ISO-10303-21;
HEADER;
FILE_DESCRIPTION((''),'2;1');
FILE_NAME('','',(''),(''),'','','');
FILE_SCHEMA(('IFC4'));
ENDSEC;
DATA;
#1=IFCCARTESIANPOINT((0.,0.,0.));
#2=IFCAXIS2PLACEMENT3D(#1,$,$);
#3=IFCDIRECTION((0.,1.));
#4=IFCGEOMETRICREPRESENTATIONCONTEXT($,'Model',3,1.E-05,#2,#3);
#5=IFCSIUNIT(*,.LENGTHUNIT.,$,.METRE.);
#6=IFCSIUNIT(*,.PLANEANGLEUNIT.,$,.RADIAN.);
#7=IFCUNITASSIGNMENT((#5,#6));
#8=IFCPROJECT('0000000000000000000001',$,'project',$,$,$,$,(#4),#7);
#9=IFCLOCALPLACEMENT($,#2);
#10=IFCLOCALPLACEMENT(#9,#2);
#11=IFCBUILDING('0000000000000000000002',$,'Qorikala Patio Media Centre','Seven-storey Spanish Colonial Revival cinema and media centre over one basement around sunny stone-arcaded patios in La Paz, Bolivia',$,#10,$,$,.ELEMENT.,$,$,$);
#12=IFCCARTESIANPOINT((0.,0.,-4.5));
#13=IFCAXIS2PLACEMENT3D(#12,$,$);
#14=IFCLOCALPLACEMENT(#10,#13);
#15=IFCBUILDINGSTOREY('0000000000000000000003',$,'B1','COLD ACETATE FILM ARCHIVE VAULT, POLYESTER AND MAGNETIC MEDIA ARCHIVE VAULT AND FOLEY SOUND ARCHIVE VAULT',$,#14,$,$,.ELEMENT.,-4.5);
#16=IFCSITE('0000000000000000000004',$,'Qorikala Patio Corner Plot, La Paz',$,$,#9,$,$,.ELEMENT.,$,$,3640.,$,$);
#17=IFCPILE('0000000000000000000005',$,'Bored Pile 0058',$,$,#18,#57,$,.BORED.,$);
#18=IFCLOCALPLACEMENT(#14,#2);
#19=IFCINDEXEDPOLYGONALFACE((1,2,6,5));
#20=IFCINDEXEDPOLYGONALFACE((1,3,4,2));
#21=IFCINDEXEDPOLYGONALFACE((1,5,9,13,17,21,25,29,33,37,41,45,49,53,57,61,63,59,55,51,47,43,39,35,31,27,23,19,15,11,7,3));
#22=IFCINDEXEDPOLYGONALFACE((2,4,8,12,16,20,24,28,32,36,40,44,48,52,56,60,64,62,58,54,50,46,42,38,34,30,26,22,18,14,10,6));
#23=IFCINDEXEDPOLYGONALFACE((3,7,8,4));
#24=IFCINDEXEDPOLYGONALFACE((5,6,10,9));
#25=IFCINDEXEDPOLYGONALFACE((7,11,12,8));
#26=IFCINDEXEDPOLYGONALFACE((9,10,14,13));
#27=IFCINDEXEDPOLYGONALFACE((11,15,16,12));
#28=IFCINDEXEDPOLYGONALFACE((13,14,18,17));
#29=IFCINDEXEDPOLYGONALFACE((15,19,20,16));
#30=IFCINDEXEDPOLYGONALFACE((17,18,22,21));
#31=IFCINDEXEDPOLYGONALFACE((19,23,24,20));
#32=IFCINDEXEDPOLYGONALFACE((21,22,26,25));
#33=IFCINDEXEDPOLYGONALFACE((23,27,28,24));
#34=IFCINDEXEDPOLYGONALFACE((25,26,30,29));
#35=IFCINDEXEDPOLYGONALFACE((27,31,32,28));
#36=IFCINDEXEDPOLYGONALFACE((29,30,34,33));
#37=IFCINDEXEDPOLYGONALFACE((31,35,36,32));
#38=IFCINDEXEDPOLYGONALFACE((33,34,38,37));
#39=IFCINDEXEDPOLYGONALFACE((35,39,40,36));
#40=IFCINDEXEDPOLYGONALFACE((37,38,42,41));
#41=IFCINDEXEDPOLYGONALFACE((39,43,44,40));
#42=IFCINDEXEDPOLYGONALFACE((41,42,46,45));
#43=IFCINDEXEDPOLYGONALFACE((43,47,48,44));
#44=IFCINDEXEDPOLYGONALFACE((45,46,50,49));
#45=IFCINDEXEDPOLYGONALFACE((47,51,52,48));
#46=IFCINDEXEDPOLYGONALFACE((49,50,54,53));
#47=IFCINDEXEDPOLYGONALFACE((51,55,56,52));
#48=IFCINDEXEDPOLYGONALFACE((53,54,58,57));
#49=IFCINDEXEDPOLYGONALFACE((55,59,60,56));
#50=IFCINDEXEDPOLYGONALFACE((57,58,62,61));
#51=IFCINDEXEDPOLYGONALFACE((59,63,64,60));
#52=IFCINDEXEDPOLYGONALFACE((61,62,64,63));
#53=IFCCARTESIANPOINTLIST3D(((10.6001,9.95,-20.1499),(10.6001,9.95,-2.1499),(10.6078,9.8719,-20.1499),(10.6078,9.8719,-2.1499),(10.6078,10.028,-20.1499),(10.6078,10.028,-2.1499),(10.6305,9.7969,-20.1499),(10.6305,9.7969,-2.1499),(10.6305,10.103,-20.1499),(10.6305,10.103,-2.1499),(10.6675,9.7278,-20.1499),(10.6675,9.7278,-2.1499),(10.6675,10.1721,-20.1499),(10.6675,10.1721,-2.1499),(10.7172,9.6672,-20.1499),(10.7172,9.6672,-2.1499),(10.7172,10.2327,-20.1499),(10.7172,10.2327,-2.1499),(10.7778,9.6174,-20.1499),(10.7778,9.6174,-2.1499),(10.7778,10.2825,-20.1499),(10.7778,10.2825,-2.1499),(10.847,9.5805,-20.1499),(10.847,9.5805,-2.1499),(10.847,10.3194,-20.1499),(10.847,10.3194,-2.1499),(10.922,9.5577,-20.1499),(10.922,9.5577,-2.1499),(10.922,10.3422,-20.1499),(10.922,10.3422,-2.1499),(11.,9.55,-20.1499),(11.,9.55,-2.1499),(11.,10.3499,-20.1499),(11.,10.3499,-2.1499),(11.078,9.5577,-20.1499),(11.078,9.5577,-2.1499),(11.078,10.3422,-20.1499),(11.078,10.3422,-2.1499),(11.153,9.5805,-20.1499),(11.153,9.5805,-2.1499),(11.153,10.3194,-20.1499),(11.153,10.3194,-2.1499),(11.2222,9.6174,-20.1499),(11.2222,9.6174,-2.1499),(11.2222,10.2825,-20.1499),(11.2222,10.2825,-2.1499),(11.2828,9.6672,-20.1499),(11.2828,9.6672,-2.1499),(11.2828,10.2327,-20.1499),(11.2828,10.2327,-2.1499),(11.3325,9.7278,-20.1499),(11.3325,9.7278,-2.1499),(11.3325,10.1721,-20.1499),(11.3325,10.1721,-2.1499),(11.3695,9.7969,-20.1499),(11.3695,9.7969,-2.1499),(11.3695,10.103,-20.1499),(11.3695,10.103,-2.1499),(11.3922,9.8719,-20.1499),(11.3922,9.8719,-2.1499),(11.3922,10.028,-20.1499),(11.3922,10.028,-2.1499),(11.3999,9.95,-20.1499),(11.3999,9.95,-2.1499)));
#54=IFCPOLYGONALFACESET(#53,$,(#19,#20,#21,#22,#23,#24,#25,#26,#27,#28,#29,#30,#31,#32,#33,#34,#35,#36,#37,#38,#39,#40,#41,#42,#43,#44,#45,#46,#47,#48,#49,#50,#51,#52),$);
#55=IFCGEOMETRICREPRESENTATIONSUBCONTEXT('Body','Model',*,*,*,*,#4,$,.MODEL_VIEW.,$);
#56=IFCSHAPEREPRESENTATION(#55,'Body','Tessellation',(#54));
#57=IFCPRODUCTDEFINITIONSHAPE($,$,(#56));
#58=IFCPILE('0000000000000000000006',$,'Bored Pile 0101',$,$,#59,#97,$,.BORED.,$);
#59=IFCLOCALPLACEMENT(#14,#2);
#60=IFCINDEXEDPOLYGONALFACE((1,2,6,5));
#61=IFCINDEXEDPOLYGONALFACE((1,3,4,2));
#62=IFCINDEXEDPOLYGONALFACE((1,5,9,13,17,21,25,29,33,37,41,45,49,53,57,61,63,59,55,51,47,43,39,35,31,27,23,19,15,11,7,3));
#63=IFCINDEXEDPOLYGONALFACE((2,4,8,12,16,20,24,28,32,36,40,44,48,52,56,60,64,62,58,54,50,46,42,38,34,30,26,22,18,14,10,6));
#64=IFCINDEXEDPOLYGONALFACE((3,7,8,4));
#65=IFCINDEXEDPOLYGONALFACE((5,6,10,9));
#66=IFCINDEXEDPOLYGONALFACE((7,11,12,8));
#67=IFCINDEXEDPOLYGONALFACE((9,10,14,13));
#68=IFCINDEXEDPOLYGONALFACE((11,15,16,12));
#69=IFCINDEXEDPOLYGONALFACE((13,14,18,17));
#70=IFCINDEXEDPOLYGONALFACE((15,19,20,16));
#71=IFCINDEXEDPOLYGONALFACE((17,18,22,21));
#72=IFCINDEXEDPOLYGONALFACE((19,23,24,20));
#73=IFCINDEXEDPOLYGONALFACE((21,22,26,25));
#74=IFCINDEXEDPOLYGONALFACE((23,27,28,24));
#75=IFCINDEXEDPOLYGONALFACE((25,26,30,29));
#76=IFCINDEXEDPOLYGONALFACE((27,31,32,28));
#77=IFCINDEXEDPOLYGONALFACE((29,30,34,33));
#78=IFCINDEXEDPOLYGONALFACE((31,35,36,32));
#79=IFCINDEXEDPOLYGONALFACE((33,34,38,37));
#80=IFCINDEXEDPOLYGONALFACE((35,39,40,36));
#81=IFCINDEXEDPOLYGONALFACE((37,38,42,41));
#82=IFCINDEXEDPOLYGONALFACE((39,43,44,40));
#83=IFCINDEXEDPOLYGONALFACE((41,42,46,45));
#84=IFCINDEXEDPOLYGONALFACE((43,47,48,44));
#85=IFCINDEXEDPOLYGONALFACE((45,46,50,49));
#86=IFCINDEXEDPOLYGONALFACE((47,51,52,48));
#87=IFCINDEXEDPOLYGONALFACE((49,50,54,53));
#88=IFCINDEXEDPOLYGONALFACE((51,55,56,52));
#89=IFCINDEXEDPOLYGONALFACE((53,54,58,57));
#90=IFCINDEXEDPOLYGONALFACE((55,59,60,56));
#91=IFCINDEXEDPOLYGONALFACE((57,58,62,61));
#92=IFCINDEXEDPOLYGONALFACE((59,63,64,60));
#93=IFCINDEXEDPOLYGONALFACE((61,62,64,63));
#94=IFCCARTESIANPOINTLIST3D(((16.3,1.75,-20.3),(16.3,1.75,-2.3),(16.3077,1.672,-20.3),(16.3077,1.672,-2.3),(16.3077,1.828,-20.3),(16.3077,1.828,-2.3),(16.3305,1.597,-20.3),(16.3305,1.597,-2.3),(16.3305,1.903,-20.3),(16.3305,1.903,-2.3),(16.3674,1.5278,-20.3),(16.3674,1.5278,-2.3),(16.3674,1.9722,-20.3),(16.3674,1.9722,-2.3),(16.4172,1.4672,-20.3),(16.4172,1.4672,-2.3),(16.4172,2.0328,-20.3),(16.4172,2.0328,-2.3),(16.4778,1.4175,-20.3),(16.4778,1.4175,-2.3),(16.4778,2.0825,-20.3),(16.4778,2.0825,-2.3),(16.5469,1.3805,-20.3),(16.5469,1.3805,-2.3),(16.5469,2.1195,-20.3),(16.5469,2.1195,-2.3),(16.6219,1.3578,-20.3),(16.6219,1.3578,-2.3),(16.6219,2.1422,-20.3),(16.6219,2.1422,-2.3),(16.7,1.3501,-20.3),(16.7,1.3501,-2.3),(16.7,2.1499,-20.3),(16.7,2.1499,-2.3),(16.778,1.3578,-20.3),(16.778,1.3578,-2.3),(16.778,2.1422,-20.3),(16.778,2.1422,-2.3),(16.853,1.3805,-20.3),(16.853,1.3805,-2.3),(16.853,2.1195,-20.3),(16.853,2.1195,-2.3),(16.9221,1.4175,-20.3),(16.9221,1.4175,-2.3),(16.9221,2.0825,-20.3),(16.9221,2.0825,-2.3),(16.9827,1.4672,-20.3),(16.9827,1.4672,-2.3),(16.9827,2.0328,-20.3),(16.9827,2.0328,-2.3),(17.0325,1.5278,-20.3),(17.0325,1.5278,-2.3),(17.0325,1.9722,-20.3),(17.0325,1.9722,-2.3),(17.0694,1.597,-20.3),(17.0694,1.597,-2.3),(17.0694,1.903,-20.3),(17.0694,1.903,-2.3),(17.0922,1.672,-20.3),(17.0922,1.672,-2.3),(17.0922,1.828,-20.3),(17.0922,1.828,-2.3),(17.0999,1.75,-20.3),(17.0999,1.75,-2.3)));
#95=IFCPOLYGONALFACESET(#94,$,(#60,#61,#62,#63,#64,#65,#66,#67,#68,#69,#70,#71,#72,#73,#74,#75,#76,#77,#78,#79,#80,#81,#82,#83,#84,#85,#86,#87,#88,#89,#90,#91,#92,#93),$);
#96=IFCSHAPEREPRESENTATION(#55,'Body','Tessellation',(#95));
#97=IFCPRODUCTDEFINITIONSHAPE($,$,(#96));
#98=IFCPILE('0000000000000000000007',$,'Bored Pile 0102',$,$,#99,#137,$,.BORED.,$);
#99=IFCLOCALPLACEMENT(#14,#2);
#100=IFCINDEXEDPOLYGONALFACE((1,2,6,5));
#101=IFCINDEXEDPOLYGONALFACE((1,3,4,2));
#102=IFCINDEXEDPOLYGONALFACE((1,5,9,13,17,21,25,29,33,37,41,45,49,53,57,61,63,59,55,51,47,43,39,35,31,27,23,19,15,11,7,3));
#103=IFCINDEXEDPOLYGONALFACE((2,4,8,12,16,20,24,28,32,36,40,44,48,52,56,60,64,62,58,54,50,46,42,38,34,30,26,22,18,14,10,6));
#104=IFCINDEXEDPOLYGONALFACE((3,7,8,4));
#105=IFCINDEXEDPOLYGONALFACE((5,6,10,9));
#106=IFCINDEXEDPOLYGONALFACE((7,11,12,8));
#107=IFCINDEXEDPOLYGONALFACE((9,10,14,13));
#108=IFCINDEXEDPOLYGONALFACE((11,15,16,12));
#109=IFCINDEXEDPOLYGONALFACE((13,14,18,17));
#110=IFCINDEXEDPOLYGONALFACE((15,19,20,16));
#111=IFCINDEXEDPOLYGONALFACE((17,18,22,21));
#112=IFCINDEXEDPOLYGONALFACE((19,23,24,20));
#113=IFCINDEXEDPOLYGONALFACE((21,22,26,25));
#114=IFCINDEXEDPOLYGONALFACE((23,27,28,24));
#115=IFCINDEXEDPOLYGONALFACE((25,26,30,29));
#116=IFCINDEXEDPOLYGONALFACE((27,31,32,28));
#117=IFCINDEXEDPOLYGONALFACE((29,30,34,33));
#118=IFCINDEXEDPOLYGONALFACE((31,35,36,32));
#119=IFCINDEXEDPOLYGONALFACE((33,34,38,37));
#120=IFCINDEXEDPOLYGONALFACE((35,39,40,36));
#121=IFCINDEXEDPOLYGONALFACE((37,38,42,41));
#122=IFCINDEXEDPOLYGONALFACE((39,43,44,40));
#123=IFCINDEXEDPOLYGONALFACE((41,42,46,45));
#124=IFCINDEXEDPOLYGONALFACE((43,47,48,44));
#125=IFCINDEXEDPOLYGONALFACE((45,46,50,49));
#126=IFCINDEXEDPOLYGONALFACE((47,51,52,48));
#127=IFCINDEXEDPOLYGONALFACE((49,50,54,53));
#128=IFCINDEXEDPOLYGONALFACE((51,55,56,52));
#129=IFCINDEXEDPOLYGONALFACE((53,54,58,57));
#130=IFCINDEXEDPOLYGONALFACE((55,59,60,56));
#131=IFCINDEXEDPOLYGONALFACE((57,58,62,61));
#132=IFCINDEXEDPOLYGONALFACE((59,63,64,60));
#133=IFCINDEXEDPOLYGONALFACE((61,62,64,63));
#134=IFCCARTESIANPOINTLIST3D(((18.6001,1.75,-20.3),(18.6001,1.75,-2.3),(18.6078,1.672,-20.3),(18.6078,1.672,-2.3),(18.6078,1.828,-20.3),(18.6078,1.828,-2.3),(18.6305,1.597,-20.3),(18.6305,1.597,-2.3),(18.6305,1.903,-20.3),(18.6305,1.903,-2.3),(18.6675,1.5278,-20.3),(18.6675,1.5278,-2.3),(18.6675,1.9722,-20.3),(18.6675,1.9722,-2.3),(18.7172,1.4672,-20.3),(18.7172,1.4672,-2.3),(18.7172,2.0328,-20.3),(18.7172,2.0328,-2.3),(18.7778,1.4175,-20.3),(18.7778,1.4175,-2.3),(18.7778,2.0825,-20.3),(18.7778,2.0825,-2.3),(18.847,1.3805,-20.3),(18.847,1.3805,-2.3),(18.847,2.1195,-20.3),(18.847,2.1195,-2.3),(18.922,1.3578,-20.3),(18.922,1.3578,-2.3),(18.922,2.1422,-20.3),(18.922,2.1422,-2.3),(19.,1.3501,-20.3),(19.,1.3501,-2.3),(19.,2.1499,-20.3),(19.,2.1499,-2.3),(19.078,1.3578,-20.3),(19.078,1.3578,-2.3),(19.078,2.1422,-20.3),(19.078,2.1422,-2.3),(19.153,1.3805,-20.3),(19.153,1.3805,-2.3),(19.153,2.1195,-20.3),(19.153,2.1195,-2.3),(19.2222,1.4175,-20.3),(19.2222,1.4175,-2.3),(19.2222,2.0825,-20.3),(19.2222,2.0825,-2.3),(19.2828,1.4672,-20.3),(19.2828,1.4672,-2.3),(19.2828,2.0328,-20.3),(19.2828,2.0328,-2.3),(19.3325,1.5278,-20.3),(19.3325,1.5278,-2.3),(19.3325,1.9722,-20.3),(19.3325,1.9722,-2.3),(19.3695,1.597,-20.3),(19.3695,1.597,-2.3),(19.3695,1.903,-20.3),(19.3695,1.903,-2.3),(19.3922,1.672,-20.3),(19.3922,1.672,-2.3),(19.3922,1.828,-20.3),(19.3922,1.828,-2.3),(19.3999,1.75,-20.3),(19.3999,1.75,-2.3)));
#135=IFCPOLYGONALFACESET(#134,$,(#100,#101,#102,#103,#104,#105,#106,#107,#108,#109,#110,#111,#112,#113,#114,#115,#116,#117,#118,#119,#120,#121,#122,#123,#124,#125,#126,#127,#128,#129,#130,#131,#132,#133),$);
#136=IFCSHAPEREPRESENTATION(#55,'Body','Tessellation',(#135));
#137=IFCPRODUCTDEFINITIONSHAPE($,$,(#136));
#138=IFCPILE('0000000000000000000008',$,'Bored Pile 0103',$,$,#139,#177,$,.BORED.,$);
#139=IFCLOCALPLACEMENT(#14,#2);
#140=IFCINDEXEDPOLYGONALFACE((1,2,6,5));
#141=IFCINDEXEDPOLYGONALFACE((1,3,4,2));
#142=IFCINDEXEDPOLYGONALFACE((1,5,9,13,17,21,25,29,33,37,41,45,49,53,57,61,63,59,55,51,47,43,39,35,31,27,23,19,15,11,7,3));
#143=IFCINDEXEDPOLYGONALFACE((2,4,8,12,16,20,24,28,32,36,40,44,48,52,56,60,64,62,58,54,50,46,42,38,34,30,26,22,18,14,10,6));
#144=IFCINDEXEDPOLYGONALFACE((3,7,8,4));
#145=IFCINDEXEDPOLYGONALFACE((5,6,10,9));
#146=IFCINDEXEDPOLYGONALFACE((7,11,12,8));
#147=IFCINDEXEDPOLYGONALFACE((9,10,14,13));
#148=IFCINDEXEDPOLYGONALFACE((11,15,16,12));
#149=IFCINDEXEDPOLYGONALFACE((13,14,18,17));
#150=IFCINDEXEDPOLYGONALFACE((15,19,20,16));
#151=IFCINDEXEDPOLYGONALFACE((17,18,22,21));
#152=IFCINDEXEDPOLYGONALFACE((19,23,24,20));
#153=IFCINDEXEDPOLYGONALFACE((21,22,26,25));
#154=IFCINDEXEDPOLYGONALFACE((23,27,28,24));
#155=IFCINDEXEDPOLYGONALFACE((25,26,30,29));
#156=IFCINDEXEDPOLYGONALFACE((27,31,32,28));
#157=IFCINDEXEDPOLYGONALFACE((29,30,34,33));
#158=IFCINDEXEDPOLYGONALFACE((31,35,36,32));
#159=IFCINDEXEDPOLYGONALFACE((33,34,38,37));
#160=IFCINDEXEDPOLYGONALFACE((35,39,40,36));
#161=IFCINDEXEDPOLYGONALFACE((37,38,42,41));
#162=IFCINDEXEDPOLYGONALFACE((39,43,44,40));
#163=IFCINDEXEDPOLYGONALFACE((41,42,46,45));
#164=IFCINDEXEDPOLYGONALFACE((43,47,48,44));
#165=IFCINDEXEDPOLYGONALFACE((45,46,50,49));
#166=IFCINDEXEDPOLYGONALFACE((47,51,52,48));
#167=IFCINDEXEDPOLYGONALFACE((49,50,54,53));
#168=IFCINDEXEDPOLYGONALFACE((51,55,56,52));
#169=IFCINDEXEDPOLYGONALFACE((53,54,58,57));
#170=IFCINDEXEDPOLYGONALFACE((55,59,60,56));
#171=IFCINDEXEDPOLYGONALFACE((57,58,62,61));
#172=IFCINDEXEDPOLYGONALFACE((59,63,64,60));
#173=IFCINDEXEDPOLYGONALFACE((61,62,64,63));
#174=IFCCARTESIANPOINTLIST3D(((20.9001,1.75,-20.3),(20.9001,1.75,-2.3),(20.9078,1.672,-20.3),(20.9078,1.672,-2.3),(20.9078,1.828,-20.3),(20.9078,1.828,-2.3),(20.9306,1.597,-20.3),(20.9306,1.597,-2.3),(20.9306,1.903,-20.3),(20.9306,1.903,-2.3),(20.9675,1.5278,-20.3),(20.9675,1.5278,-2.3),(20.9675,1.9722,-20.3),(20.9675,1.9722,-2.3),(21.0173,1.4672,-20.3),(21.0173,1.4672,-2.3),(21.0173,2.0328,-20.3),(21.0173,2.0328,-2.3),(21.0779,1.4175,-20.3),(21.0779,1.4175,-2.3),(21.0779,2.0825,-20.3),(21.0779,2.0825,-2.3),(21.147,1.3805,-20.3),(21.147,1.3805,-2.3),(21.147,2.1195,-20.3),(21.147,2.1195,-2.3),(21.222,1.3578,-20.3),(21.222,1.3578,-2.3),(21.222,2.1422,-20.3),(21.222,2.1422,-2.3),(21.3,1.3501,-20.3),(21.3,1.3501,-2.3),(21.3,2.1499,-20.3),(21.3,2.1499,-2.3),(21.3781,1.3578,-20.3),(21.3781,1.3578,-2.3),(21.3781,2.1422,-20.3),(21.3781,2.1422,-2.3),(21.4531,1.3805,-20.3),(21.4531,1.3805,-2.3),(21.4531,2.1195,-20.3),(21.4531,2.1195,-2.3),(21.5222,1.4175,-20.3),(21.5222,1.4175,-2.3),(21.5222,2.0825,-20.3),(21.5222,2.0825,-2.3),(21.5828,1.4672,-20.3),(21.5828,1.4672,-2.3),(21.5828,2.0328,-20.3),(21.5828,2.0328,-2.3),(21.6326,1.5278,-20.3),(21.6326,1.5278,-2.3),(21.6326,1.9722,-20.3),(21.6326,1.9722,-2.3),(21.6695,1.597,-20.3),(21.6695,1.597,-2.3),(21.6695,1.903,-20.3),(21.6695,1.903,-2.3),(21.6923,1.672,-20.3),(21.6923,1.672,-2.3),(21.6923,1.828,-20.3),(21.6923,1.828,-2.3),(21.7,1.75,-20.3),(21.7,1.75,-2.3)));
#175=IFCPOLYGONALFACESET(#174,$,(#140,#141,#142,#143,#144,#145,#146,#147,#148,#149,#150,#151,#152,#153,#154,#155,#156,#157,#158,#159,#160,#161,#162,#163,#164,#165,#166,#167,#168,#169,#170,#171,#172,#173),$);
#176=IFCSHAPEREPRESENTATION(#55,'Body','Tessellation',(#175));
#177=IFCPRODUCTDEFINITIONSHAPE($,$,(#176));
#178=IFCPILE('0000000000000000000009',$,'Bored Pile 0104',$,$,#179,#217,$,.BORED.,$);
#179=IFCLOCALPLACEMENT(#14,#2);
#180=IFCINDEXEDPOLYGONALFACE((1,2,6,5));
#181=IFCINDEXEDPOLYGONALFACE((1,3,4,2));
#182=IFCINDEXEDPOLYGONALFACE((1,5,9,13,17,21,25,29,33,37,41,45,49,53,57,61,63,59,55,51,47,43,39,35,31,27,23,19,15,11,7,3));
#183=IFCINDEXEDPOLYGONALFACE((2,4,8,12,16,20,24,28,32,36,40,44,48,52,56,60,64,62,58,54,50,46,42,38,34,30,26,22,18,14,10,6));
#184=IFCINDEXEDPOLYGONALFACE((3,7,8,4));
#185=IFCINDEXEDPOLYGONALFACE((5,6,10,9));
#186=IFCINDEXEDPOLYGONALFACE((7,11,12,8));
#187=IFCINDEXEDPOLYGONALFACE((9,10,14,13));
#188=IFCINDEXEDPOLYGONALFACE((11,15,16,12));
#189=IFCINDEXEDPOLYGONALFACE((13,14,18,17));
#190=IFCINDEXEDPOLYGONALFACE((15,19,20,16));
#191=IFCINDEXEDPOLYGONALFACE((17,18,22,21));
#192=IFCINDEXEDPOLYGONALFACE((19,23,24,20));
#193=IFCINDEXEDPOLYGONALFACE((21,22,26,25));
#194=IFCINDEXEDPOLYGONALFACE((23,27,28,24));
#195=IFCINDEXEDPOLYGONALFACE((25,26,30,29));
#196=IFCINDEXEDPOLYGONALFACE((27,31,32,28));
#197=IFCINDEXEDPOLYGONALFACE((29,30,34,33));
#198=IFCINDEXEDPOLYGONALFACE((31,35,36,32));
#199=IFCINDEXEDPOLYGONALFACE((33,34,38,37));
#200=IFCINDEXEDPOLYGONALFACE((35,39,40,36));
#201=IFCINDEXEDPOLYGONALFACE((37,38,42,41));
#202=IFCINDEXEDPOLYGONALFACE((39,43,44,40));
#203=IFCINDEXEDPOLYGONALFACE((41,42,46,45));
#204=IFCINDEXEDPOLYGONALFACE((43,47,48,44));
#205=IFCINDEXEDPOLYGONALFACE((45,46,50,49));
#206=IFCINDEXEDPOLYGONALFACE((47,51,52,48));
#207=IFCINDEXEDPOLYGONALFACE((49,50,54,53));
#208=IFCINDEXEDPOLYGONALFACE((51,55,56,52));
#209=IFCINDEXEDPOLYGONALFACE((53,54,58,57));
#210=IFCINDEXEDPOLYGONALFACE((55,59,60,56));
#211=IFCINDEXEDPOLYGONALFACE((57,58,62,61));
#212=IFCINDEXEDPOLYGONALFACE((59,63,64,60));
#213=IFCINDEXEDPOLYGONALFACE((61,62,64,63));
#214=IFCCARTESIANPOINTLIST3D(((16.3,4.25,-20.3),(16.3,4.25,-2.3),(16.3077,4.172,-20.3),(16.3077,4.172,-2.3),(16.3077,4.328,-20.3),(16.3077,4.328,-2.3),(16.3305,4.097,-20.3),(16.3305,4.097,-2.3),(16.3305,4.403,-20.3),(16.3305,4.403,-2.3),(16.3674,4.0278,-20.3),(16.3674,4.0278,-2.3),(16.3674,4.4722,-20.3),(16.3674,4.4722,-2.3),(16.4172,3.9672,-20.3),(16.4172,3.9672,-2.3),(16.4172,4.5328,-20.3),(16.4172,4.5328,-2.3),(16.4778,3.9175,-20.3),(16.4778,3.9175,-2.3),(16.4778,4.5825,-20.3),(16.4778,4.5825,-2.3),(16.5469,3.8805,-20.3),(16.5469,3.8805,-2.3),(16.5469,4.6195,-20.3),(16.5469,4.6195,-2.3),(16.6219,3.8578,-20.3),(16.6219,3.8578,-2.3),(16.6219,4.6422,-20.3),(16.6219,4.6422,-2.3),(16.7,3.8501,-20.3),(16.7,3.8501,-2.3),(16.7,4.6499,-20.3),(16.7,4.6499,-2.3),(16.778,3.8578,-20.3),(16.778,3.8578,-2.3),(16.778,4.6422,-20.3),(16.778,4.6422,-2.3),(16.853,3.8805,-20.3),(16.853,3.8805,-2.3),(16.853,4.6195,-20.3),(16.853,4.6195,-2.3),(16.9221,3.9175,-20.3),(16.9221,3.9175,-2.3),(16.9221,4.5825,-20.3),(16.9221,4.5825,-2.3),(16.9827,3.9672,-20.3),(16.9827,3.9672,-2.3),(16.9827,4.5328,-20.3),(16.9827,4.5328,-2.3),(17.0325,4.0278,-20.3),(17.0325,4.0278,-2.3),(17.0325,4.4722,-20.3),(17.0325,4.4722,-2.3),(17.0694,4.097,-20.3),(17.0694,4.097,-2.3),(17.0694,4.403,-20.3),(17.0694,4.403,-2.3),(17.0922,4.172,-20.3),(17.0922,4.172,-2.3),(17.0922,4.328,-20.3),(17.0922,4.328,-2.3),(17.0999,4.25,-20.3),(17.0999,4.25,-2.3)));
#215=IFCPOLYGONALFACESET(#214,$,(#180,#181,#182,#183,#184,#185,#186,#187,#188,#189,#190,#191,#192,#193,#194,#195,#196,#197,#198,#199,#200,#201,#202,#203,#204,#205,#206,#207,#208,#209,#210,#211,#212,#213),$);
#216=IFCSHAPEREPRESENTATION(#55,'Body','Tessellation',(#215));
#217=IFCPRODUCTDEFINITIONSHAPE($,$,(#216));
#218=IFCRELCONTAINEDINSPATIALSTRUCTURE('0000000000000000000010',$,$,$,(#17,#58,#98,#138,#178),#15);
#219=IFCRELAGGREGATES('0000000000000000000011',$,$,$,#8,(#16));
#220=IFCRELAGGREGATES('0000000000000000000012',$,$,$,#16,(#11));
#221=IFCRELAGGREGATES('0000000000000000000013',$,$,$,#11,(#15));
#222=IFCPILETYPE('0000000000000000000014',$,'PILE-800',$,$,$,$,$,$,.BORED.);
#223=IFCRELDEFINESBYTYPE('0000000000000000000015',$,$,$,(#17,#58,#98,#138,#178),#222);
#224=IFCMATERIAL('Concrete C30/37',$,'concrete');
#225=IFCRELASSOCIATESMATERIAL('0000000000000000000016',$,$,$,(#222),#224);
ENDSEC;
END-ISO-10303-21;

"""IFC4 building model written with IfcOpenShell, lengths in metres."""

from ifc_helpers import new_model, si_unit, direction, frame, origin, origin_2d, place, context, subcontext, project, spatial, circle, extrude, material, material_profile, profile_set, type_object, element, save


model = new_model("IFC4")

# Units and contexts
model_context = context("Model", 3, precision=1e-05, world=origin(), true_north=direction((0.0, 1.0)))
body_context = subcontext(model_context, "Body", "Model", "MODEL_VIEW")
ifc_project = project(units=[si_unit("LENGTHUNIT", "METRE"), si_unit("PLANEANGLEUNIT", "RADIAN")], contexts=[model_context])

# Site, building, storey
site_placement = place(None, origin())
site = spatial("IfcSite", under=ifc_project, at=site_placement, Name="Qorikala Patio Corner Plot, La Paz", CompositionType="ELEMENT", RefElevation=3640.0)
building_placement = place(site_placement, origin())
building = spatial("IfcBuilding", under=site, at=building_placement, Name="Qorikala Patio Media Centre", Description="Seven-storey Spanish Colonial Revival cinema and media centre over one basement around sunny stone-arcaded patios in La Paz, Bolivia", CompositionType="ELEMENT")
storey_placement = place(building_placement, frame((0.0, 0.0, -4.5)))
storey = spatial("IfcBuildingStorey", under=building, at=storey_placement, Name="B1", Description="COLD ACETATE FILM ARCHIVE VAULT, POLYESTER AND MAGNETIC MEDIA ARCHIVE VAULT AND FOLEY SOUND ARCHIVE VAULT", CompositionType="ELEMENT", Elevation=-4.5)

# Shared definitions
ifc_material_1 = material(Name="Concrete C30/37", Category="concrete")

# Piles
ifc_material_profile_1 = material_profile(ifc_material_1, circle(Radius=0.3999, at=origin_2d()), Name="BORED PILE 800")
ifc_profile_set_1 = profile_set([ifc_material_profile_1], Name="Concrete C30/37")
pile_type = type_object("IfcPileType", Name="PILE-800", PredefinedType="BORED", material=ifc_profile_set_1)
for number, where, z_axis, x_axis, name in (
    (1, (11.0, 9.95, -2.1499), (0.0, 0.0, -1.0), (1.0, 0.0, 0.0), "Bored Pile 0058"),
    (2, (16.7, 1.75, -2.3), (0.0, 0.0, -1.0), (1.0, 0.0, 0.0), "Bored Pile 0101"),
    (3, (19.0, 1.75, -2.3), (0.0, 0.0, -1.0), (1.0, 0.0, 0.0), "Bored Pile 0102"),
    (4, (21.3, 1.75, -2.3), (0.0, 0.0, -1.0), (1.0, 0.0, 0.0), "Bored Pile 0103"),
    (5, (16.7, 4.25, -2.3), (0.0, 0.0, -1.0), (1.0, 0.0, 0.0), "Bored Pile 0104"),
):
    element("IfcPile", number, at=place(storey_placement, frame(where, z_axis=z_axis, x_axis=x_axis)), inside=storey, type_object=pile_type, Name=name, PredefinedType="BORED", context=body_context, shape_type="SweptSolid", body=[
        extrude(circle(Radius=0.3999, at=origin_2d()), origin(), (0.0, 0.0, 1.0), 18.0),
    ])

save(model, "model.ifc")
